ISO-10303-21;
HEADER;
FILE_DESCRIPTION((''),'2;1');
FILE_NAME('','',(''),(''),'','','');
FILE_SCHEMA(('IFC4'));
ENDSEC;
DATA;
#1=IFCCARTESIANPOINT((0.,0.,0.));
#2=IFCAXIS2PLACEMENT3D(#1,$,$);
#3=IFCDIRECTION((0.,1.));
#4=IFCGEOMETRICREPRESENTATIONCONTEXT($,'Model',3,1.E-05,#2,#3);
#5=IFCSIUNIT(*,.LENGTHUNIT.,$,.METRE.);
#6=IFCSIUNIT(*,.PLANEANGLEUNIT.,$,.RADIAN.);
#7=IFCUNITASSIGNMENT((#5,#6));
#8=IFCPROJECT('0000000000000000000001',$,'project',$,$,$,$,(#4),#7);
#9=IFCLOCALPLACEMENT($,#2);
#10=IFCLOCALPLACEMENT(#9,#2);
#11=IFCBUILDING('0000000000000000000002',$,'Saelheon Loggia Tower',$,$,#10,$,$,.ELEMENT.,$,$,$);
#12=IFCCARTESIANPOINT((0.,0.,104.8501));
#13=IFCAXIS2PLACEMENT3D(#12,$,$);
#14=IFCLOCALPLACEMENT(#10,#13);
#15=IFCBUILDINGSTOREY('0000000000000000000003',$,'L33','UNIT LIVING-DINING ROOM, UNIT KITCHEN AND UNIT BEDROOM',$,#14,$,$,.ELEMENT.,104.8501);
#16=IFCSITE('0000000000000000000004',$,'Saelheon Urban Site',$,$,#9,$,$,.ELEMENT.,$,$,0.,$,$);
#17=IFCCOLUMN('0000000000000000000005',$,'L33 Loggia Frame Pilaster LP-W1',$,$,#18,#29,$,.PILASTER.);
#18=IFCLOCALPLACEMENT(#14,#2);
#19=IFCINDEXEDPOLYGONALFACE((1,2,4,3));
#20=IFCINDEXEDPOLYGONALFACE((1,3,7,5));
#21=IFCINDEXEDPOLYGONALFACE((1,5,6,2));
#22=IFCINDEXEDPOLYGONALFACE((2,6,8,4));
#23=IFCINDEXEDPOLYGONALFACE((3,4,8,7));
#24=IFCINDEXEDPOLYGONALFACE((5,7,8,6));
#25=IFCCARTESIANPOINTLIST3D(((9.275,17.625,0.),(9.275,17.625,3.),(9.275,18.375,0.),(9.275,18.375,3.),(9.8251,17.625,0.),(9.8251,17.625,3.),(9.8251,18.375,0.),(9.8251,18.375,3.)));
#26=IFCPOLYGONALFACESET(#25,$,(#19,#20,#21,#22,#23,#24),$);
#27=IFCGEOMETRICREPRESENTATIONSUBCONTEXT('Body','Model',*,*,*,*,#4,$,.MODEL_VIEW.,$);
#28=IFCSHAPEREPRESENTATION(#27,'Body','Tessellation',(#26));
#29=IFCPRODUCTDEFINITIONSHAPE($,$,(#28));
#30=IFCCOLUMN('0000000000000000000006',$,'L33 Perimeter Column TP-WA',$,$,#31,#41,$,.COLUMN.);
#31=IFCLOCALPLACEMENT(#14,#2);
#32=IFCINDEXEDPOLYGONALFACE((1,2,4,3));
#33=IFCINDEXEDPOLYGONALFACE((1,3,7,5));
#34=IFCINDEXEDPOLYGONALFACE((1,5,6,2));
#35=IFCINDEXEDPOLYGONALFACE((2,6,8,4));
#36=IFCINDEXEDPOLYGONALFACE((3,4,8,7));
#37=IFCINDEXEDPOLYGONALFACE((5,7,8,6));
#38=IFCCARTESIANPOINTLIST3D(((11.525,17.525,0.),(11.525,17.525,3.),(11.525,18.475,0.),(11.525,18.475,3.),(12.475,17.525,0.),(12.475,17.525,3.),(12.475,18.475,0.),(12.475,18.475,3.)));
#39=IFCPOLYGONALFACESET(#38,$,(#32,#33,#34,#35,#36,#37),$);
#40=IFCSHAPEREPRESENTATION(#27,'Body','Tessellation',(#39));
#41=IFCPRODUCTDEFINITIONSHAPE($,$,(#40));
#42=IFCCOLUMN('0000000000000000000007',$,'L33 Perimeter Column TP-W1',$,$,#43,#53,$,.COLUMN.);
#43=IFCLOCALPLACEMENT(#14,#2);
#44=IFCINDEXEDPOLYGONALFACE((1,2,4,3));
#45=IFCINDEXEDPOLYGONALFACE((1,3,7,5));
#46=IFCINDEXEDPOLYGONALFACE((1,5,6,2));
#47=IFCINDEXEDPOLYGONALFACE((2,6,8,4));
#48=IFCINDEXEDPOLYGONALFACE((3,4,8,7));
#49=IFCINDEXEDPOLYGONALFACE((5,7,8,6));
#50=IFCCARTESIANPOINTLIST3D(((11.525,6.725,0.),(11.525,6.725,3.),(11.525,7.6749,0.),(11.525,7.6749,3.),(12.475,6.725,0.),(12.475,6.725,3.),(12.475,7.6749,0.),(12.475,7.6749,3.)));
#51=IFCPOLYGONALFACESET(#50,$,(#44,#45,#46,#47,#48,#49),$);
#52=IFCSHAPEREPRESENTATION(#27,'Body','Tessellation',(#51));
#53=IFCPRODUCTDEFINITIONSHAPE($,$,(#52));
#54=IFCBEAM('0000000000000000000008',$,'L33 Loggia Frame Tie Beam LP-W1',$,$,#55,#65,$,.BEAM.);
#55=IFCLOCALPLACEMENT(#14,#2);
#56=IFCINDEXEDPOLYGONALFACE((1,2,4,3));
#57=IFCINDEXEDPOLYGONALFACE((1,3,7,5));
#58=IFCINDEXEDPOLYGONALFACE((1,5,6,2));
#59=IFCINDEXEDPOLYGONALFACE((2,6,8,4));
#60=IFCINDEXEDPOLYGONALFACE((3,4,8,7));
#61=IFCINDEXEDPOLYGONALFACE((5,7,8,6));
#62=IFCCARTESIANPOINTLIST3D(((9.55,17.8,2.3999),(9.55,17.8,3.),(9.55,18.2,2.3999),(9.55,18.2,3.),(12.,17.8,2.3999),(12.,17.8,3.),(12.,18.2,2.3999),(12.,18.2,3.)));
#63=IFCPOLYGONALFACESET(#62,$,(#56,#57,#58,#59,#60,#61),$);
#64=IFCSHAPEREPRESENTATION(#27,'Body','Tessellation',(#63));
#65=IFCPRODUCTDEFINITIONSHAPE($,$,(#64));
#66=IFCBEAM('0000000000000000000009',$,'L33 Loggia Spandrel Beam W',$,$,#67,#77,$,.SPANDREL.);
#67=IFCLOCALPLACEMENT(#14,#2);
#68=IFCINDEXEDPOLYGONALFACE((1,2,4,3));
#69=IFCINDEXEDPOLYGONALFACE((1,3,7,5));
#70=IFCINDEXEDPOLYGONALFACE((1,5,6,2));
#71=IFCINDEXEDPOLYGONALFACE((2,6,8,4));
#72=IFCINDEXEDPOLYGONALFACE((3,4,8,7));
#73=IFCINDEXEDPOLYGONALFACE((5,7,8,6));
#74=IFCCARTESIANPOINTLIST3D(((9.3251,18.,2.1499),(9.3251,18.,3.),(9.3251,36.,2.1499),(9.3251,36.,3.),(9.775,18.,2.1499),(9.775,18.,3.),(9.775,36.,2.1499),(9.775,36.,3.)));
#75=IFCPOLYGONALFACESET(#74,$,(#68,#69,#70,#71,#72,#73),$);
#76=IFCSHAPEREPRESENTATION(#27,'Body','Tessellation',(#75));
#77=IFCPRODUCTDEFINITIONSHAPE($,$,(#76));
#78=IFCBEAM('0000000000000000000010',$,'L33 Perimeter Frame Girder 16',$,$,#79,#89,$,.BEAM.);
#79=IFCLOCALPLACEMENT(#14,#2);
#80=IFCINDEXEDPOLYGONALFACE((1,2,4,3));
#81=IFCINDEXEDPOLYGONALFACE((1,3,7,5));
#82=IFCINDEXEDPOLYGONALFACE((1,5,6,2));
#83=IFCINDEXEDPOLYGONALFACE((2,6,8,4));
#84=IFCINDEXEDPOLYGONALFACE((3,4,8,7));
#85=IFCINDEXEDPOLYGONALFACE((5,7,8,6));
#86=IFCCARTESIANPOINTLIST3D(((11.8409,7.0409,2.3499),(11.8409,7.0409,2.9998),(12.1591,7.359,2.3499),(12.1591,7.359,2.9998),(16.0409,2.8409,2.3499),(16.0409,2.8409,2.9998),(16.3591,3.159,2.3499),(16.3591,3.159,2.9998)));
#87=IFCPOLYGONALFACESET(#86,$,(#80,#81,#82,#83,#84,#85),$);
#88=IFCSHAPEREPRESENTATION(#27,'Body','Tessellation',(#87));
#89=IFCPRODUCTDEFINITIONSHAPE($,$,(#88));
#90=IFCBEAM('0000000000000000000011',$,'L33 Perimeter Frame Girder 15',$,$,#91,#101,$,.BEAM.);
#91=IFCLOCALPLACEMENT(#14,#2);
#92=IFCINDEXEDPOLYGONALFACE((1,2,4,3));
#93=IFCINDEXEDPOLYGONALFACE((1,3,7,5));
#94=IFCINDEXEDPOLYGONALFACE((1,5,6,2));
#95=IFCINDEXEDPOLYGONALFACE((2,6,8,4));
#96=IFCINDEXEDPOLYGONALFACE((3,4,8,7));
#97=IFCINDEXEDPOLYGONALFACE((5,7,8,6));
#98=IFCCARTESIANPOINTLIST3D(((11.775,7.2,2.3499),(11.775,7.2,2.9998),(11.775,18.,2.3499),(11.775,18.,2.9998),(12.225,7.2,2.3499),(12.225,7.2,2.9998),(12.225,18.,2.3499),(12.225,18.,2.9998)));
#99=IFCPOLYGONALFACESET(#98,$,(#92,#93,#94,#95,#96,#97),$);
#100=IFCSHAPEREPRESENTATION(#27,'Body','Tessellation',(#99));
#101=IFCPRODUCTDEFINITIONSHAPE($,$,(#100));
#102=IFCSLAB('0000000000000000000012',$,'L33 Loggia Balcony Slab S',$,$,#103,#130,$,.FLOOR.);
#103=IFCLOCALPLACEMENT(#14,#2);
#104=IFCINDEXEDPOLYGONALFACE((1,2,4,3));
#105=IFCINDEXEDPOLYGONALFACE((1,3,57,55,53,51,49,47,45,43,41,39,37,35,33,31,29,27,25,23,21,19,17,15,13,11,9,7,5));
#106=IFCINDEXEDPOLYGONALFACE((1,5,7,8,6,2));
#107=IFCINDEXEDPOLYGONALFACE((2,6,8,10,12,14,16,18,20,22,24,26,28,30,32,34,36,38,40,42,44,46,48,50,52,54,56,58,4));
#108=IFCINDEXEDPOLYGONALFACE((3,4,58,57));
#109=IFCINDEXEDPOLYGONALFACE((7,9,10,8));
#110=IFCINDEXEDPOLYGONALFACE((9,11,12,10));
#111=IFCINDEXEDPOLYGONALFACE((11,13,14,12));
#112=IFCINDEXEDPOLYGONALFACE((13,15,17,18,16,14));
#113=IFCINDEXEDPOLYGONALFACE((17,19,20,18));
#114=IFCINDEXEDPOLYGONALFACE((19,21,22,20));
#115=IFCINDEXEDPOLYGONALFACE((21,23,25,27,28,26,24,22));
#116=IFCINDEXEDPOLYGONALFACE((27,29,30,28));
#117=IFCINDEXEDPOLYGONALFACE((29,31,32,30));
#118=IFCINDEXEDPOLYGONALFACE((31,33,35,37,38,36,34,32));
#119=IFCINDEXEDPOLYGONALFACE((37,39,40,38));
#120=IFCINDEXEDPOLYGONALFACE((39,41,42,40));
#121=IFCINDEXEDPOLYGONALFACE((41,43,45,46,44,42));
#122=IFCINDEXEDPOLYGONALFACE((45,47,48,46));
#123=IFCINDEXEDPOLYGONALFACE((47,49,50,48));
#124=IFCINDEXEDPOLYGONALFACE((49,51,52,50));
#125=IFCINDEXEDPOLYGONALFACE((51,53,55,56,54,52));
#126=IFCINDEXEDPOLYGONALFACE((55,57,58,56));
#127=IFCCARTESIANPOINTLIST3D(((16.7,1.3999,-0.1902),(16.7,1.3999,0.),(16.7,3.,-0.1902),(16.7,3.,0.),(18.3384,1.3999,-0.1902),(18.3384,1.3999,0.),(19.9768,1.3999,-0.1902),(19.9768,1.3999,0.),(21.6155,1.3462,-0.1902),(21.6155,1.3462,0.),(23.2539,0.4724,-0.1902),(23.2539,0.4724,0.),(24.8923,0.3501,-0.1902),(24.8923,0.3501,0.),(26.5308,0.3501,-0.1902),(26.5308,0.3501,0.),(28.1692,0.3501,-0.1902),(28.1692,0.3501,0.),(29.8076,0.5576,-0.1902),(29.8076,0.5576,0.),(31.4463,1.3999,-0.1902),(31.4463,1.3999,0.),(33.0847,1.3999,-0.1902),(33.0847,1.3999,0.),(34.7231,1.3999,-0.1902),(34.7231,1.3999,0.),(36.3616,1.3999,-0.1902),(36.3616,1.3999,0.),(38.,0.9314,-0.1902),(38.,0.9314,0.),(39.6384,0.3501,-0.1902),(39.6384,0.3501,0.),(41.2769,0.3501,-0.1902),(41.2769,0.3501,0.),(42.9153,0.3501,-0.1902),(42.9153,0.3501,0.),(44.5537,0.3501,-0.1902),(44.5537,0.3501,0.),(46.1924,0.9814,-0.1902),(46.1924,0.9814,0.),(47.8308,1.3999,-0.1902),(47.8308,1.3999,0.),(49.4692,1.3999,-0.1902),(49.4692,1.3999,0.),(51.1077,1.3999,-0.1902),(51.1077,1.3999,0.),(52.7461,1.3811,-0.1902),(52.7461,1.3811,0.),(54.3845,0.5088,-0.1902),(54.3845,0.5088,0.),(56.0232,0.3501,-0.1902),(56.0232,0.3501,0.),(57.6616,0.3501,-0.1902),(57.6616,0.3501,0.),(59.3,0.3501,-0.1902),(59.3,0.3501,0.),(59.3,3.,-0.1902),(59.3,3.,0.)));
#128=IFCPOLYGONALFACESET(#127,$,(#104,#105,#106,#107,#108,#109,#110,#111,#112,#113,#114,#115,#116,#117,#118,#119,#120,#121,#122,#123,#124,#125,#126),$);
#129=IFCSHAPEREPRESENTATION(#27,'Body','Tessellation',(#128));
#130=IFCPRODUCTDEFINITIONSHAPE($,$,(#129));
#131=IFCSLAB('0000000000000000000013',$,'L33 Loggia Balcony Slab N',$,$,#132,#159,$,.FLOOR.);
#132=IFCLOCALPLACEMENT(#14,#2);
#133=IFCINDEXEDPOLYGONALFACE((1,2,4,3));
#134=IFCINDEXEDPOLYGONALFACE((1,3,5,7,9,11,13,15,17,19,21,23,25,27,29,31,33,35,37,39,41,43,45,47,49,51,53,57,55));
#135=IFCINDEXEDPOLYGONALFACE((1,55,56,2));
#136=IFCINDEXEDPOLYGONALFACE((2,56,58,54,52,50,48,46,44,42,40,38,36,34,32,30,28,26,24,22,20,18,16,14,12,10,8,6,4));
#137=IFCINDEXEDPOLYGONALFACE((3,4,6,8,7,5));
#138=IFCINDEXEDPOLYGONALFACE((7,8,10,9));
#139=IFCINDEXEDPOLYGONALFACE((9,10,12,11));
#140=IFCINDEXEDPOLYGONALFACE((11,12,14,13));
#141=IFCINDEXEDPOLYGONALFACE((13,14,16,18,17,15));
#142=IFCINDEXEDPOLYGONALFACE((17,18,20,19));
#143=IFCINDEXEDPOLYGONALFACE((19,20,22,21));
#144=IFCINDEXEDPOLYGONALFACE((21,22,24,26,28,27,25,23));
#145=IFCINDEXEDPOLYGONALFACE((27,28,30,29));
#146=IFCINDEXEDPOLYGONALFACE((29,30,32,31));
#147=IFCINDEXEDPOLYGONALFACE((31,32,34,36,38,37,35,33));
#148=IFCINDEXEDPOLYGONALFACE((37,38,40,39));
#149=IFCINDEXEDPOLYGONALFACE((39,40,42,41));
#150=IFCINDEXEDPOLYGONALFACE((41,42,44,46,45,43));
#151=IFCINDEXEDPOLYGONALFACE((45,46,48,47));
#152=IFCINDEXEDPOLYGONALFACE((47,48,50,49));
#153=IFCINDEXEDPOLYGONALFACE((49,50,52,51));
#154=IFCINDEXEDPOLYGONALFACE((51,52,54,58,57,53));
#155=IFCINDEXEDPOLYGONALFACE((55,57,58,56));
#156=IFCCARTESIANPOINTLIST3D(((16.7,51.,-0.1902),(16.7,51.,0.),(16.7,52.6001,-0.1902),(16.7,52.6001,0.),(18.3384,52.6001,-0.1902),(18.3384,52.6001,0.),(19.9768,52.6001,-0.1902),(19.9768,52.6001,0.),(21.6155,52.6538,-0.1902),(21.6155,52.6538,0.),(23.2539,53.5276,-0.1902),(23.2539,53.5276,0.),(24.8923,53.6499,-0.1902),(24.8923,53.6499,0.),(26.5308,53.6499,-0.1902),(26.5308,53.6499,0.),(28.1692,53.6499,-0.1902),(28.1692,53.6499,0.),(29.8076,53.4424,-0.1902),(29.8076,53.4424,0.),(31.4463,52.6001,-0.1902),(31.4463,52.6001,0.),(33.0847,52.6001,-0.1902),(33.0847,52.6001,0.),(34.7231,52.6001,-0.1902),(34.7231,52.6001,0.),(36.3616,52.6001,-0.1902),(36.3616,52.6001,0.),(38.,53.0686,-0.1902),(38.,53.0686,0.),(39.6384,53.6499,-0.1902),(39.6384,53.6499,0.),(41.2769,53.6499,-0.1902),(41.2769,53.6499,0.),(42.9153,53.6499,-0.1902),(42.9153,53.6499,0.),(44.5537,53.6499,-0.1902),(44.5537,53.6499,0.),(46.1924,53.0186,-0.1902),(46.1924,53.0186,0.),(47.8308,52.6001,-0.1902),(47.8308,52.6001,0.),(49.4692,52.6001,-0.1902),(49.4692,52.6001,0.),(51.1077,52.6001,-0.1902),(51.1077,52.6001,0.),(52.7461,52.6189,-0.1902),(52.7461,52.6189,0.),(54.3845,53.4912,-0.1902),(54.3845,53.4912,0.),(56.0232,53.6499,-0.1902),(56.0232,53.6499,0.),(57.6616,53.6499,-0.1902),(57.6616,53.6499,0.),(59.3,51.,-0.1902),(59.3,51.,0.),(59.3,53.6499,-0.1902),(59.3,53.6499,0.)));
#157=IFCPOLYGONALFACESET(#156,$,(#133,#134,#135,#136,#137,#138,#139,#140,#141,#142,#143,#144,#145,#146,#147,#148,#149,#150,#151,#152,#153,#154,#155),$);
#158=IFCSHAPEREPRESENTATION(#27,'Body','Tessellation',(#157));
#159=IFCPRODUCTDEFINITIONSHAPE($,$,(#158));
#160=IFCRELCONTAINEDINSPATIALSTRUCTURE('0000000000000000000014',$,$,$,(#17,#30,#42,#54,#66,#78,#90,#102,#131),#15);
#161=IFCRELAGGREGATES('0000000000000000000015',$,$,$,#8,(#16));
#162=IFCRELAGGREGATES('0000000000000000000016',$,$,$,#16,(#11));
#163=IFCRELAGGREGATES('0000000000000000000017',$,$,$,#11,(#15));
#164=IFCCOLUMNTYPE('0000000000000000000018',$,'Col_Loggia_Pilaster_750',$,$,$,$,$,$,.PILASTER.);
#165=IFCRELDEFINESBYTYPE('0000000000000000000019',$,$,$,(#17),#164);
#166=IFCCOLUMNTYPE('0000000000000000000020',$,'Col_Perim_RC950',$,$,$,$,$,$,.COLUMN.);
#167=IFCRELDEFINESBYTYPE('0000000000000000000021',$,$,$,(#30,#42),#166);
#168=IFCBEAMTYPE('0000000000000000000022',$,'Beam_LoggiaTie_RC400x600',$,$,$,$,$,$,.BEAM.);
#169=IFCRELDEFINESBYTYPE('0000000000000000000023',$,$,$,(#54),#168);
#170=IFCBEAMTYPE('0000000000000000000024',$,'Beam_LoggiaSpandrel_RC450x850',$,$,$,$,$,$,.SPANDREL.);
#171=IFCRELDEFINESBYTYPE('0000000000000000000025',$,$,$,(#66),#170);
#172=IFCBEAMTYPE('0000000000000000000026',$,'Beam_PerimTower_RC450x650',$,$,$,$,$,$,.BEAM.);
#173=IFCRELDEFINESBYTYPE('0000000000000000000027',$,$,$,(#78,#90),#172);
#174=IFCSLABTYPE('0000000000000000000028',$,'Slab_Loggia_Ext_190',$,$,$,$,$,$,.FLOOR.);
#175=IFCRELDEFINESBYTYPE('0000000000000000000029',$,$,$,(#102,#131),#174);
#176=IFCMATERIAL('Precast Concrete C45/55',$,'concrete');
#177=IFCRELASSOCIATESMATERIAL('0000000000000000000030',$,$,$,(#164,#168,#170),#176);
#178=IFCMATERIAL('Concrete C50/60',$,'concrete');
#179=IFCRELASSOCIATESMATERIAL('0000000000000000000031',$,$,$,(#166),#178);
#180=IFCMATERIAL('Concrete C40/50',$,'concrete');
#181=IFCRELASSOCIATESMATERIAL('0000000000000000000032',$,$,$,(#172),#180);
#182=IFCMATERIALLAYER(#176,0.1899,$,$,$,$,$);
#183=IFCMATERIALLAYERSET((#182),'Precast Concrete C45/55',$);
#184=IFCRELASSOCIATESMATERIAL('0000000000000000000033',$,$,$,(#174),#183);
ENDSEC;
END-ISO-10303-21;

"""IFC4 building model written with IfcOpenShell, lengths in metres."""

from ifc_helpers import new_model, si_unit, direction, frame, origin, origin_2d, place, context, subcontext, project, spatial, polyline, rectangle, outline, extrude, source, transform, mapped, material, layer, layer_set, material_profile, profile_set, type_object, element, save


model = new_model("IFC4")

# Units and contexts
model_context = context("Model", 3, precision=1e-05, world=origin(), true_north=direction((0.0, 1.0)))
body_context = subcontext(model_context, "Body", "Model", "MODEL_VIEW")
ifc_project = project(units=[si_unit("LENGTHUNIT", "METRE"), si_unit("PLANEANGLEUNIT", "RADIAN")], contexts=[model_context])

# Site, building, storey
site_placement = place(None, origin())
site = spatial("IfcSite", under=ifc_project, at=site_placement, Name="Saelheon Urban Site", CompositionType="ELEMENT", RefElevation=0.0)
building_placement = place(site_placement, origin())
building = spatial("IfcBuilding", under=site, at=building_placement, Name="Saelheon Loggia Tower", CompositionType="ELEMENT")
storey_placement = place(building_placement, frame((0.0, 0.0, 104.8501)))
storey = spatial("IfcBuildingStorey", under=building, at=storey_placement, Name="L33", Description="UNIT LIVING-DINING ROOM, UNIT KITCHEN AND UNIT BEDROOM", CompositionType="ELEMENT", Elevation=104.8501)

# Columns
ifc_material_1 = material(Name="Precast Concrete C45/55", Category="concrete")
ifc_material_profile_1 = material_profile(ifc_material_1, rectangle(XDim=0.55, YDim=0.75, at=origin_2d()), Name="RC-550x750")
ifc_profile_set_1 = profile_set([ifc_material_profile_1], Name="Precast Concrete C45/55")
column_type_1 = type_object("IfcColumnType", Name="Col_Loggia_Pilaster_750", PredefinedType="PILASTER", material=ifc_profile_set_1)
shared_shape_1 = source(origin(), body_context, "Body", "SweptSolid", [
    extrude(rectangle(XDim=0.55, YDim=0.75, at=origin_2d()), origin(), (0.0, 0.0, 1.0), 3.0),
])
column_placement = place(storey_placement, frame((9.55, 18.0, 0.0), z_axis=(0.0, 0.0, 1.0), x_axis=(1.0, 0.0, 0.0)))
element("IfcColumn", 1, at=column_placement, inside=storey, type_object=column_type_1, Name="L33 Loggia Frame Pilaster LP-W1", PredefinedType="PILASTER", context=body_context, shape_type="MappedRepresentation", body=[
    mapped(shared_shape_1, transform((0.0, 0.0, 0.0), scale=1.0)),
])
ifc_material_2 = material(Name="Concrete C50/60", Category="concrete")
ifc_material_profile_2 = material_profile(ifc_material_2, rectangle(XDim=0.95, YDim=0.95, at=origin_2d()), Name="RC-950x950")
ifc_profile_set_2 = profile_set([ifc_material_profile_2], Name="Concrete C50/60")
column_type_2 = type_object("IfcColumnType", Name="Col_Perim_RC950", PredefinedType="COLUMN", material=ifc_profile_set_2)
shared_shape_2 = source(origin(), body_context, "Body", "SweptSolid", [
    extrude(rectangle(XDim=0.95, YDim=0.95, at=origin_2d()), origin(), (0.0, 0.0, 1.0), 3.0),
])
for number, where, z_axis, x_axis, name in (
    (2, (12.0, 18.0, 0.0), (0.0, 0.0, 1.0), (1.0, 0.0, 0.0), "L33 Perimeter Column TP-WA"),
    (3, (12.0, 7.2, 0.0), (0.0, 0.0, 1.0), (1.0, 0.0, 0.0), "L33 Perimeter Column TP-W1"),
):
    element("IfcColumn", number, at=place(storey_placement, frame(where, z_axis=z_axis, x_axis=x_axis)), inside=storey, type_object=column_type_2, Name=name, PredefinedType="COLUMN", context=body_context, shape_type="MappedRepresentation", body=[
        mapped(shared_shape_2, transform((0.0, 0.0, 0.0), scale=1.0)),
    ])

# Beams
ifc_material_profile_3 = material_profile(ifc_material_1, rectangle(XDim=0.3999, YDim=0.6001, at=origin_2d()), Name="RC-400x600")
ifc_profile_set_3 = profile_set([ifc_material_profile_3], Name="Precast Concrete C45/55")
beam_type_1 = type_object("IfcBeamType", Name="Beam_LoggiaTie_RC400x600", PredefinedType="BEAM", material=ifc_profile_set_3)
shared_shape_3 = source(origin(), body_context, "Body", "SweptSolid", [
    extrude(rectangle(XDim=0.3999, YDim=0.6001, at=origin_2d()), origin(), (0.0, 0.0, 1.0), 2.45),
])
beam_1_placement = place(storey_placement, frame((12.0, 18.0, 2.7), z_axis=(-1.0, 0.0, 0.0), x_axis=(0.0, -1.0, 0.0)))
element("IfcBeam", 4, at=beam_1_placement, inside=storey, type_object=beam_type_1, Name="L33 Loggia Frame Tie Beam LP-W1", PredefinedType="BEAM", context=body_context, shape_type="MappedRepresentation", body=[
    mapped(shared_shape_3, transform((0.0, 0.0, 0.0), scale=1.0)),
])
ifc_material_profile_4 = material_profile(ifc_material_1, rectangle(XDim=0.45, YDim=0.8501, at=origin_2d()), Name="RC-450x850")
ifc_profile_set_4 = profile_set([ifc_material_profile_4], Name="Precast Concrete C45/55")
beam_type_2 = type_object("IfcBeamType", Name="Beam_LoggiaSpandrel_RC450x850", PredefinedType="SPANDREL", material=ifc_profile_set_4)
shared_shape_4 = source(origin(), body_context, "Body", "SweptSolid", [
    extrude(rectangle(XDim=0.45, YDim=0.8501, at=origin_2d()), origin(), (0.0, 0.0, 1.0), 18.0),
])
beam_2_placement = place(storey_placement, frame((9.55, 18.0, 2.575), z_axis=(0.0, 1.0, 0.0), x_axis=(-1.0, 0.0, 0.0)))
element("IfcBeam", 5, at=beam_2_placement, inside=storey, type_object=beam_type_2, Name="L33 Loggia Spandrel Beam W", PredefinedType="SPANDREL", context=body_context, shape_type="MappedRepresentation", body=[
    mapped(shared_shape_4, transform((0.0, 0.0, 0.0), scale=1.0)),
])
ifc_material_3 = material(Name="Concrete C40/50", Category="concrete")
ifc_material_profile_5 = material_profile(ifc_material_3, rectangle(XDim=0.45, YDim=0.6499, at=origin_2d()), Name="RC-450x650")
ifc_profile_set_5 = profile_set([ifc_material_profile_5], Name="Concrete C40/50")
beam_type_3 = type_object("IfcBeamType", Name="Beam_PerimTower_RC450x650", PredefinedType="BEAM", material=ifc_profile_set_5)
shared_shape_5 = source(origin(), body_context, "Body", "SweptSolid", [
    extrude(rectangle(XDim=0.45, YDim=0.6499, at=origin_2d()), origin(), (0.0, 0.0, 1.0), 5.9397),
])
beam_3_placement = place(storey_placement, frame((12.0, 7.2, 2.6748), z_axis=(0.707107, -0.707107, 0.0), x_axis=(0.707107, 0.707107, 0.0)))
element("IfcBeam", 6, at=beam_3_placement, inside=storey, type_object=beam_type_3, Name="L33 Perimeter Frame Girder 16", PredefinedType="BEAM", context=body_context, shape_type="MappedRepresentation", body=[
    mapped(shared_shape_5, transform((0.0, 0.0, 0.0), scale=1.0)),
])
shared_shape_6 = source(origin(), body_context, "Body", "SweptSolid", [
    extrude(rectangle(XDim=0.45, YDim=0.6499, at=origin_2d()), origin(), (0.0, 0.0, 1.0), 10.8),
])
beam_4_placement = place(storey_placement, frame((12.0, 18.0, 2.6748), z_axis=(0.0, -1.0, 0.0), x_axis=(1.0, 0.0, 0.0)))
element("IfcBeam", 7, at=beam_4_placement, inside=storey, type_object=beam_type_3, Name="L33 Perimeter Frame Girder 15", PredefinedType="BEAM", context=body_context, shape_type="MappedRepresentation", body=[
    mapped(shared_shape_6, transform((0.0, 0.0, 0.0), scale=1.0)),
])

# Slabs
ifc_layer_1 = layer(ifc_material_1, 0.1899)
ifc_layer_set_1 = layer_set([ifc_layer_1], Name="Precast Concrete C45/55")
slab_type_1 = type_object("IfcSlabType", Name="Slab_Loggia_Ext_190", PredefinedType="FLOOR", material=ifc_layer_set_1)
slab_1_placement = place(storey_placement, frame((0.0, 0.0, -0.1902)))
element("IfcSlab", 8, at=slab_1_placement, inside=storey, type_object=slab_type_1, Name="L33 Loggia Balcony Slab S", PredefinedType="FLOOR", context=body_context, shape_type="SweptSolid", body=[
    extrude(outline(polyline([(16.7, 1.3999), (18.3384, 1.3999), (19.9768, 1.3999), (21.6155, 1.3462), (23.2539, 0.4724), (24.8923, 0.3501), (26.5308, 0.3501), (28.1692, 0.3501), (29.8076, 0.5576), (31.4463, 1.3999), (33.0847, 1.3999), (34.7231, 1.3999), (36.3616, 1.3999), (38.0, 0.9314), (39.6384, 0.3501), (41.2769, 0.3501), (42.9153, 0.3501), (44.5537, 0.3501), (46.1924, 0.9814), (47.8308, 1.3999), (49.4692, 1.3999), (51.1077, 1.3999), (52.7461, 1.3811), (54.3845, 0.5088), (56.0232, 0.3501), (57.6616, 0.3501), (59.3, 0.3501), (59.3, 3.0), (16.7, 3.0), (16.7, 1.3999)])), origin(), (0.0, 0.0, 1.0), 0.1902),
])
slab_2_placement = place(storey_placement, frame((0.0, 0.0, -0.1902)))
element("IfcSlab", 9, at=slab_2_placement, inside=storey, type_object=slab_type_1, Name="L33 Loggia Balcony Slab N", PredefinedType="FLOOR", context=body_context, shape_type="SweptSolid", body=[
    extrude(outline(polyline([(16.7, 51.0), (59.3, 51.0), (59.3, 53.6499), (57.6616, 53.6499), (56.0232, 53.6499), (54.3845, 53.4912), (52.7461, 52.6189), (51.1077, 52.6001), (49.4692, 52.6001), (47.8308, 52.6001), (46.1924, 53.0186), (44.5537, 53.6499), (42.9153, 53.6499), (41.2769, 53.6499), (39.6384, 53.6499), (38.0, 53.0686), (36.3616, 52.6001), (34.7231, 52.6001), (33.0847, 52.6001), (31.4463, 52.6001), (29.8076, 53.4424), (28.1692, 53.6499), (26.5308, 53.6499), (24.8923, 53.6499), (23.2539, 53.5276), (21.6155, 52.6538), (19.9768, 52.6001), (18.3384, 52.6001), (16.7, 52.6001), (16.7, 51.0)])), origin(), (0.0, 0.0, 1.0), 0.1902),
])

save(model, "model.ifc")
